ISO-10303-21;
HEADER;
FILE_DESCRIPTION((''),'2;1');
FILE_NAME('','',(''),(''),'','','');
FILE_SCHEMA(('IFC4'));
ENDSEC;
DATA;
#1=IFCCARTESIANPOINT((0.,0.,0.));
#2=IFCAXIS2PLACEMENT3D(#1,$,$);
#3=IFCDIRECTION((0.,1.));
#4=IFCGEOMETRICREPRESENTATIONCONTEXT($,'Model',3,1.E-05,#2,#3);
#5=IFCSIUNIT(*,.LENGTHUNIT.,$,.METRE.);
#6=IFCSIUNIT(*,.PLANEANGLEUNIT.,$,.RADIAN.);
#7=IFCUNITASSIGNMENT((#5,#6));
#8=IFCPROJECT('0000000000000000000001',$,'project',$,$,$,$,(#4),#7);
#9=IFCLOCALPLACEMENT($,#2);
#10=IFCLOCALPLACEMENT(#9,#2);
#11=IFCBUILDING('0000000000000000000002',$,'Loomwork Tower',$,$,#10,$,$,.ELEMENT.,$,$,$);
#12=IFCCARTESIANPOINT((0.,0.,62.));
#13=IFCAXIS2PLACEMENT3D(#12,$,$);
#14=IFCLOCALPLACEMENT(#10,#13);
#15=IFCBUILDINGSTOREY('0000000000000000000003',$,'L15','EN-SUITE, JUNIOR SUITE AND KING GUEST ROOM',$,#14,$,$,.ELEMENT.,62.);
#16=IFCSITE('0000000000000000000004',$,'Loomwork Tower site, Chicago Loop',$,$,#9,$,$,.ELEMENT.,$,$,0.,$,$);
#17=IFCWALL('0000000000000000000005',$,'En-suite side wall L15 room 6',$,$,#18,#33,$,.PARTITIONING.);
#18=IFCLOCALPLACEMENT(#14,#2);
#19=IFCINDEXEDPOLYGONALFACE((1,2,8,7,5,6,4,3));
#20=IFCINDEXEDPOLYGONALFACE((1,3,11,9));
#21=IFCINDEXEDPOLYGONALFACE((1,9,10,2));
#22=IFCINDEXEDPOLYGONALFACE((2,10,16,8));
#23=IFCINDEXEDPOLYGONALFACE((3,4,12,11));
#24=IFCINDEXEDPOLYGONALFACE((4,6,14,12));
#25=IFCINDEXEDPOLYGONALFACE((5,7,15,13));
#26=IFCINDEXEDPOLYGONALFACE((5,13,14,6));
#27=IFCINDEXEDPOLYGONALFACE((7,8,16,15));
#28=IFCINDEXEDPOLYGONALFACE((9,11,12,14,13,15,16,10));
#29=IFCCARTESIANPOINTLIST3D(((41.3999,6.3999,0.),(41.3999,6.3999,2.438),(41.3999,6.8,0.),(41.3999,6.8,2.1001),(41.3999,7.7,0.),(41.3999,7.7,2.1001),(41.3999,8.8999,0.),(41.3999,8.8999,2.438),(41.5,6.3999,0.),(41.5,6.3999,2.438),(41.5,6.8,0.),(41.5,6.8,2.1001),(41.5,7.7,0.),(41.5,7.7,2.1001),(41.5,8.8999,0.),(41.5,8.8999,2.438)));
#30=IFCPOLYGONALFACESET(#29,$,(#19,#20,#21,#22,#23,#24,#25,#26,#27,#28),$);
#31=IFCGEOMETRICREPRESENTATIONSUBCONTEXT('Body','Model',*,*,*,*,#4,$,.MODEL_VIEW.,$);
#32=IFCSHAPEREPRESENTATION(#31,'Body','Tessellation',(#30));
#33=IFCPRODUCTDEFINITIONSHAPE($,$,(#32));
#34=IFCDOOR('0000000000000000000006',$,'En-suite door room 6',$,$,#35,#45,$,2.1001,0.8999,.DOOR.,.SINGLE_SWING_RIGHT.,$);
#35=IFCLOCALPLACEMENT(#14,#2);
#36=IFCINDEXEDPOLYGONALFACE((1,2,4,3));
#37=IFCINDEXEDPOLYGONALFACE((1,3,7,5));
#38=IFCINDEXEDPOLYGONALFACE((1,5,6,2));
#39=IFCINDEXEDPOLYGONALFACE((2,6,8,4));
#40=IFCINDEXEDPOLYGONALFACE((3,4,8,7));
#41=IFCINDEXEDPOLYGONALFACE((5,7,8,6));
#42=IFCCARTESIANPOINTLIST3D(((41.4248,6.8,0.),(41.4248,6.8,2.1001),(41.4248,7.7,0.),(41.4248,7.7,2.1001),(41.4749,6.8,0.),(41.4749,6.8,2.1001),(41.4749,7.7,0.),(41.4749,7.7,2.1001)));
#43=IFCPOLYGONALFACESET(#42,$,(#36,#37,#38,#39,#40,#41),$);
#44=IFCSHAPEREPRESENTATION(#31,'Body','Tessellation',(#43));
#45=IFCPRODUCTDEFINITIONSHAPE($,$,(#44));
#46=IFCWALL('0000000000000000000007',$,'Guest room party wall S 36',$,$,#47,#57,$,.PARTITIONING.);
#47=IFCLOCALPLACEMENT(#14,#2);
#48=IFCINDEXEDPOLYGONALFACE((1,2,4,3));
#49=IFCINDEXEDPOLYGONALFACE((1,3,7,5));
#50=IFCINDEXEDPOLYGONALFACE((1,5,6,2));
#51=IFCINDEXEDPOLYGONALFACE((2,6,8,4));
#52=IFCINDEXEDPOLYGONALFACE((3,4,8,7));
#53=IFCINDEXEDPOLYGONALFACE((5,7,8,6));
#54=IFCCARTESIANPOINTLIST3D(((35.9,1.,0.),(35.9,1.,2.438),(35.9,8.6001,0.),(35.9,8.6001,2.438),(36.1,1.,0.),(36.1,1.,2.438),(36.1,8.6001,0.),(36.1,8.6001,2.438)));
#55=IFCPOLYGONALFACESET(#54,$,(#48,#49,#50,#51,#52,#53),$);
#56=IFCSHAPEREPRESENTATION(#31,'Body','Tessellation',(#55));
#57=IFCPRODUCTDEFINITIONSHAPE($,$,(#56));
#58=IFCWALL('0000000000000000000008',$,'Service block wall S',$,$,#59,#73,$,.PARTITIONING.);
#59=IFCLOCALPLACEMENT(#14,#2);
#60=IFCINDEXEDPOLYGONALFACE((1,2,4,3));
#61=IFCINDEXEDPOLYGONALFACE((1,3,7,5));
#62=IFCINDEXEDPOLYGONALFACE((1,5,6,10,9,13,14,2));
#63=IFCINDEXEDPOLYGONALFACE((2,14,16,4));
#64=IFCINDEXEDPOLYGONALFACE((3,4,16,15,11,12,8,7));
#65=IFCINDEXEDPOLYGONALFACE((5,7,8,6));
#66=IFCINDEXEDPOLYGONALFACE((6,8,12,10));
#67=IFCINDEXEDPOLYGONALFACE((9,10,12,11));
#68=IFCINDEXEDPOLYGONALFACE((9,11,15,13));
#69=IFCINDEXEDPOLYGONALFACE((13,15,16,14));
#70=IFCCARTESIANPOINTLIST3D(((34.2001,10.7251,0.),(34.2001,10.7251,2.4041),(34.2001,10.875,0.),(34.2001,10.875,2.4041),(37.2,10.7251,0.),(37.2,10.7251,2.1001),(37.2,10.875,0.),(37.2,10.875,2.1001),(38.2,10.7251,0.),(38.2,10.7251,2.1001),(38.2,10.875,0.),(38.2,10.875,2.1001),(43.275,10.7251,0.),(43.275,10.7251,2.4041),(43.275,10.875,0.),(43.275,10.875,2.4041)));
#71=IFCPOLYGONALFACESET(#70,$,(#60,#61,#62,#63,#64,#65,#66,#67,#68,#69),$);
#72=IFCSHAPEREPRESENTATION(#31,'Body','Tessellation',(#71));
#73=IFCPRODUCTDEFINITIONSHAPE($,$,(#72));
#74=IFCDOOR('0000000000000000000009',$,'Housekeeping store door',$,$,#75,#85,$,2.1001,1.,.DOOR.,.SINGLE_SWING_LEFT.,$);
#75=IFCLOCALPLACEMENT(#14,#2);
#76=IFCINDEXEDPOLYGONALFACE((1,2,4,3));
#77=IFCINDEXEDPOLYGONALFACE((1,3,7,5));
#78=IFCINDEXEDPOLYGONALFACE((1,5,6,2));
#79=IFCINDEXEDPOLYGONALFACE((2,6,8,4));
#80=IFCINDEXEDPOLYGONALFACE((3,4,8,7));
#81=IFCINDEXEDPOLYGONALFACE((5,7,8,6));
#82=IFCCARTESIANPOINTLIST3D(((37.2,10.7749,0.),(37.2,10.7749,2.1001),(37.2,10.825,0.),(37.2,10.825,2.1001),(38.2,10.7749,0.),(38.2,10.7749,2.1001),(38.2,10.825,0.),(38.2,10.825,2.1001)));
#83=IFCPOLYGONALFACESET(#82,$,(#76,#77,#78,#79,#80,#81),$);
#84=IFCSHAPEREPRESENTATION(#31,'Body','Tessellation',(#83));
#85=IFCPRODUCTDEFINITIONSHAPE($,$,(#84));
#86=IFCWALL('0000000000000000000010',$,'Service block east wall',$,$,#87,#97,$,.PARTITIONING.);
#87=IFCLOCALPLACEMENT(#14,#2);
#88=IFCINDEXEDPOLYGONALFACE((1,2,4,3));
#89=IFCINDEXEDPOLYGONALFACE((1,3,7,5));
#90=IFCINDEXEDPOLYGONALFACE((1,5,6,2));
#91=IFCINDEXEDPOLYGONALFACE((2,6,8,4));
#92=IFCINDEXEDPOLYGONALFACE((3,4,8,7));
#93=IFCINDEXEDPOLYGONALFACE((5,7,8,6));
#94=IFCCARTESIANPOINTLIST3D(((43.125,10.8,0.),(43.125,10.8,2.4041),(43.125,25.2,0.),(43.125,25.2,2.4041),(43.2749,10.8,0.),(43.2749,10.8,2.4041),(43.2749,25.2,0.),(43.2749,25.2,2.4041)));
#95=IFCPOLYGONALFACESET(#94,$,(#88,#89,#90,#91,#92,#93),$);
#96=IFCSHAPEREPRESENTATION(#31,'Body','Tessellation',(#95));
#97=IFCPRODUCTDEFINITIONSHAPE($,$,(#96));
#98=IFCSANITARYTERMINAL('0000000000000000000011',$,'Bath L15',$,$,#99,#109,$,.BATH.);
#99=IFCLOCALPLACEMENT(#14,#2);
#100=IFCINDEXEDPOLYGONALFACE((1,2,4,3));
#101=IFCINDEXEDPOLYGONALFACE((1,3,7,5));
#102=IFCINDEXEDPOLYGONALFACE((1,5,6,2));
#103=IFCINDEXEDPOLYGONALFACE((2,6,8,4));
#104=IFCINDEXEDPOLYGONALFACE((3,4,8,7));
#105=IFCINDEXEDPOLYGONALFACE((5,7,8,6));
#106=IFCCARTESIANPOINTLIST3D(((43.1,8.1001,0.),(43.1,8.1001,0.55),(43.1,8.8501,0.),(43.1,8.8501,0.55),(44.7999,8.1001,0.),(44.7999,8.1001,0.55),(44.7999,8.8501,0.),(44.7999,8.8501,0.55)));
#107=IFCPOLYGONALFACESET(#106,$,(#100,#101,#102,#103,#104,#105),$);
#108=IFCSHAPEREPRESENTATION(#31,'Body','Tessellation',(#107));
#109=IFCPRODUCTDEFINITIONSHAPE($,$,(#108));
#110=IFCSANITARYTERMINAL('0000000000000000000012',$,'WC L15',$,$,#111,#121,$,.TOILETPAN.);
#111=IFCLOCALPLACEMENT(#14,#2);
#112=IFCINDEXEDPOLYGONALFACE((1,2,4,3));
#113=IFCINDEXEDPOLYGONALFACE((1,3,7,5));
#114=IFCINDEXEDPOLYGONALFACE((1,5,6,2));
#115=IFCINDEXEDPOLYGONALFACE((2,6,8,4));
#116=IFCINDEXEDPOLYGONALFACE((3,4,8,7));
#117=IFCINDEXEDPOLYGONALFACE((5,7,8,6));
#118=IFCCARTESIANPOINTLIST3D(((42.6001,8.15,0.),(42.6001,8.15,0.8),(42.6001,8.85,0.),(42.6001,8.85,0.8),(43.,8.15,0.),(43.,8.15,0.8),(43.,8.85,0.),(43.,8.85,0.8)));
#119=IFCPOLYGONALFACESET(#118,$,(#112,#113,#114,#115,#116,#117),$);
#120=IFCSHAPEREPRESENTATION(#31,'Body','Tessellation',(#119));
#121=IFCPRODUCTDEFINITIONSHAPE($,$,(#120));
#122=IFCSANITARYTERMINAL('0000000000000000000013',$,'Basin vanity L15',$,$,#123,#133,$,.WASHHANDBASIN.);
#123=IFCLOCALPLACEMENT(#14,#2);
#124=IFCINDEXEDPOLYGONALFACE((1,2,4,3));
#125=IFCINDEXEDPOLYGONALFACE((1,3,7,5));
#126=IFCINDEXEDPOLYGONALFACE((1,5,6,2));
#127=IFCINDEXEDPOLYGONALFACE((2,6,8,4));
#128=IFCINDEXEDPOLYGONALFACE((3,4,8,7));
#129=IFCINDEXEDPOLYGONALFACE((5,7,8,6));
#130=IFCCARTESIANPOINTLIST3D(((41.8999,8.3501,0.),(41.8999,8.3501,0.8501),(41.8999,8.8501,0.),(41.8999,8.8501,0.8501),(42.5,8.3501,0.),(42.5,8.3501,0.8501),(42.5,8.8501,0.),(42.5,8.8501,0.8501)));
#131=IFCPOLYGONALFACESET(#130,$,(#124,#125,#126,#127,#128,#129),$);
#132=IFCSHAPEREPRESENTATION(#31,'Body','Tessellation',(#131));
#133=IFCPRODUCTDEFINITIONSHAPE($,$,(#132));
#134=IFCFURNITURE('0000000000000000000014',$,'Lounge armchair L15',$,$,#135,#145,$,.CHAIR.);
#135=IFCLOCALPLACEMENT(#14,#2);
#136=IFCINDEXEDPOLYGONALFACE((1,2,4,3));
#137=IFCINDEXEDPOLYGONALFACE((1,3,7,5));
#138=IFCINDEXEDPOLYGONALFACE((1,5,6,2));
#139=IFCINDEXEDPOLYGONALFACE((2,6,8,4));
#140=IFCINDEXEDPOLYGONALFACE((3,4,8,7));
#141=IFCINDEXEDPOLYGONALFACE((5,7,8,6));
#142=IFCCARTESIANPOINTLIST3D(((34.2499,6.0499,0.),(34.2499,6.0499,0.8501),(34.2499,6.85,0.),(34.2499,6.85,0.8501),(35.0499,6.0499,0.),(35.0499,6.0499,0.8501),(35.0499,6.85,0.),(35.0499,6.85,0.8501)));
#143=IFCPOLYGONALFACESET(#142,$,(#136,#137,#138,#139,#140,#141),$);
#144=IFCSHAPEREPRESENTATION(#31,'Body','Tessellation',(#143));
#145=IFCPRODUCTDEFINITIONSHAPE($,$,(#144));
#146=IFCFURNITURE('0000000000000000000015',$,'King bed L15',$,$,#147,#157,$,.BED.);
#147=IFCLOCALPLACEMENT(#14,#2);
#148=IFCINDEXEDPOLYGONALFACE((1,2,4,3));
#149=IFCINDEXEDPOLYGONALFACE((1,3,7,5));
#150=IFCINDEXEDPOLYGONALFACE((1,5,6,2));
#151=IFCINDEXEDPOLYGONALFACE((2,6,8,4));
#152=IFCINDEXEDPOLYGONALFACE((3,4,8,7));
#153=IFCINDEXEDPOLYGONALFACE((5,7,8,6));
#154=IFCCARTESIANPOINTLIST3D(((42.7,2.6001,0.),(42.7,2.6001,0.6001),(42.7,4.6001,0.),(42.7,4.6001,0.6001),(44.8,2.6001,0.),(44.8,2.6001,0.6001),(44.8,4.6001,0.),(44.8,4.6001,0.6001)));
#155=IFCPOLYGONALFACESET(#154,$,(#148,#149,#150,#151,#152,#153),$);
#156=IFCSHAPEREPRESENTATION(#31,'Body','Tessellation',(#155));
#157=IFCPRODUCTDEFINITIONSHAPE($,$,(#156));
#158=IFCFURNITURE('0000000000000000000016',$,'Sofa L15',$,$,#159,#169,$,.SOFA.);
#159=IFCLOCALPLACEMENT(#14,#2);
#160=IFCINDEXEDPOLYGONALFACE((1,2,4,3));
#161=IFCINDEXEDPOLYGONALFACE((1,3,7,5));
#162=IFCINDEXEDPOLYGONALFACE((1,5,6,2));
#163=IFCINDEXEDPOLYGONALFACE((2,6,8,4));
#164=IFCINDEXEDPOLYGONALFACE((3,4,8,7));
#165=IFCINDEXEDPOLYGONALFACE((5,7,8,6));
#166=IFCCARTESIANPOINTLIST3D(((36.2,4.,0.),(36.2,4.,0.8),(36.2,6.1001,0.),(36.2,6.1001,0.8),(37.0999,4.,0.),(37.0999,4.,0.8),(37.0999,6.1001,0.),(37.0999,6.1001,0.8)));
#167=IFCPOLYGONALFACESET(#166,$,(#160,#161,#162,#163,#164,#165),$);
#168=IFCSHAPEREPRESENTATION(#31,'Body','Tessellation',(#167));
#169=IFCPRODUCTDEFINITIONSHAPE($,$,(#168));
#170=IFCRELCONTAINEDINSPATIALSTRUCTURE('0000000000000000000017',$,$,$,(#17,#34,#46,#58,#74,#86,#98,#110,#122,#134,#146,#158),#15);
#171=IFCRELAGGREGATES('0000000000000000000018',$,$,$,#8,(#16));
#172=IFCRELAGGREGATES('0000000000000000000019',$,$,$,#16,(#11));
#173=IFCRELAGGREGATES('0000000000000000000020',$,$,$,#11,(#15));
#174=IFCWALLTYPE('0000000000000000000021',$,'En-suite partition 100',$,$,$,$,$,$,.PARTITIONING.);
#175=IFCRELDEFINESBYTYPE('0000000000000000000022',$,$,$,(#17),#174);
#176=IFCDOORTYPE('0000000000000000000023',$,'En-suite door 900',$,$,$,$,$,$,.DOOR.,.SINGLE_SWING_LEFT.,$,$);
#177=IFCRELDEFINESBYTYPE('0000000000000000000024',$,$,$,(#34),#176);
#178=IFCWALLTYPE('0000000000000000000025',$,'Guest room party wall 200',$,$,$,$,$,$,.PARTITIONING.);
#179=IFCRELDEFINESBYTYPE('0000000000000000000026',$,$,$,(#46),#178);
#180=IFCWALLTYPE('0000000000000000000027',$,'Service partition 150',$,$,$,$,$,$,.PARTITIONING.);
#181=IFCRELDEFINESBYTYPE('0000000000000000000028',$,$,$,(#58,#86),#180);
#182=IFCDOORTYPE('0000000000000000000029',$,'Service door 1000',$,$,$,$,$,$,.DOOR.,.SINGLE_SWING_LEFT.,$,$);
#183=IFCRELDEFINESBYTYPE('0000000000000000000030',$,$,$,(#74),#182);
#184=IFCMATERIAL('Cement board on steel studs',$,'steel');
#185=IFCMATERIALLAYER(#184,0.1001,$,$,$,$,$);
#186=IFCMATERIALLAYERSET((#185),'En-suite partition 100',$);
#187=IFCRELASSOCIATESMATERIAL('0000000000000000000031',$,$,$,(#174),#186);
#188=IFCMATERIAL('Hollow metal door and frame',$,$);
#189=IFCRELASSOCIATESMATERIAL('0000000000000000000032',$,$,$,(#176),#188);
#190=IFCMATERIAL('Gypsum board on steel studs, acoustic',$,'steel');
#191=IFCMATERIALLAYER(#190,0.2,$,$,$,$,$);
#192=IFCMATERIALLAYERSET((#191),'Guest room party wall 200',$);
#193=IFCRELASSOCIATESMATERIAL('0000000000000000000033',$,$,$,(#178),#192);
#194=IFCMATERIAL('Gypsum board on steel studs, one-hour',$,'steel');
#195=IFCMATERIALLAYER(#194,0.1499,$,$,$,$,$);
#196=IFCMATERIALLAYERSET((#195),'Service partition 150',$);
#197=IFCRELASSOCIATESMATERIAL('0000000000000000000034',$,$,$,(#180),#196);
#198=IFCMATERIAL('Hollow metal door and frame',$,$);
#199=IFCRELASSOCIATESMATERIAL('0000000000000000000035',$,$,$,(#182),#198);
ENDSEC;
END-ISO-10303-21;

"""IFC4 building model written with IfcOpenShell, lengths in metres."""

from ifc_helpers import new_model, si_unit, direction, frame, frame_2d, origin, origin_2d, place, context, subcontext, project, spatial, rectangle, extrude, material, layer, layer_set, type_object, element, fill, save


model = new_model("IFC4")

# Units and contexts
model_context = context("Model", 3, precision=1e-05, world=origin(), true_north=direction((0.0, 1.0)))
body_context = subcontext(model_context, "Body", "Model", "MODEL_VIEW")
ifc_project = project(units=[si_unit("LENGTHUNIT", "METRE"), si_unit("PLANEANGLEUNIT", "RADIAN")], contexts=[model_context])

# Site, building, storey
site_placement = place(None, origin())
site = spatial("IfcSite", under=ifc_project, at=site_placement, Name="Loomwork Tower site, Chicago Loop", CompositionType="ELEMENT", RefElevation=0.0)
building_placement = place(site_placement, origin())
building = spatial("IfcBuilding", under=site, at=building_placement, Name="Loomwork Tower", CompositionType="ELEMENT")
storey_placement = place(building_placement, frame((0.0, 0.0, 62.0)))
storey = spatial("IfcBuildingStorey", under=building, at=storey_placement, Name="L15", Description="EN-SUITE, JUNIOR SUITE AND KING GUEST ROOM", CompositionType="ELEMENT", Elevation=62.0)

# Shared definitions
ifc_material_1 = material(Name="Cement board on steel studs", Category="steel")
ifc_layer_1 = layer(ifc_material_1, 0.1001)
ifc_layer_set_1 = layer_set([ifc_layer_1], Name="En-suite partition 100")
wall_type_1 = type_object("IfcWallType", Name="En-suite partition 100", PredefinedType="PARTITIONING", material=ifc_layer_set_1)

# Wall, opening, door
wall_1_placement = place(storey_placement, frame((41.45, 8.8999, 0.0), z_axis=(0.0, 0.0, 1.0), x_axis=(0.0, -1.0, 0.0)))
wall_1 = element("IfcWall", 1, at=wall_1_placement, inside=storey, type_object=wall_type_1, Name="En-suite side wall L15 room 6", PredefinedType="PARTITIONING", context=body_context, shape_type="SweptSolid", body=[
    extrude(rectangle(XDim=2.5, YDim=0.1001, at=frame_2d((1.25, 0.0))), origin(), (0.0, 0.0, 1.0), 2.438),
])
opening_1_placement = place(wall_1_placement, frame((1.2, 0.0, 0.0)))
opening_1 = element("IfcOpeningElement", 2, at=opening_1_placement, cuts=wall_1, PredefinedType="OPENING", context=body_context, shape_type="SweptSolid", body=[
    extrude(rectangle(XDim=0.8999, YDim=2.1001, at=frame_2d((0.45, 1.05))), frame((0.0, 0.0601, 0.0), z_axis=(0.0, -1.0, 0.0), x_axis=(1.0, 0.0, 0.0)), (0.0, 0.0, 1.0), 0.1201),
])
ifc_material_2 = material(Name="Hollow metal door and frame")
door_type_1 = type_object("IfcDoorType", Name="En-suite door 900", OperationType="SINGLE_SWING_LEFT", PredefinedType="DOOR", material=ifc_material_2)
door_1_placement = place(opening_1_placement, origin())
door_1 = element("IfcDoor", 3, at=door_1_placement, inside=storey, type_object=door_type_1, Name="En-suite door room 6", OperationType="SINGLE_SWING_RIGHT", OverallHeight=2.1001, OverallWidth=0.8999, PredefinedType="DOOR", context=body_context, shape_type="SweptSolid", body=[
    extrude(rectangle(XDim=0.8999, YDim=2.1001, at=frame_2d((0.45, 1.05))), frame((0.0, 0.0249, 0.0), z_axis=(0.0, -1.0, 0.0), x_axis=(1.0, 0.0, 0.0)), (0.0, 0.0, 1.0), 0.05),
])
fill(opening_1, door_1)

# Wall
ifc_material_3 = material(Name="Gypsum board on steel studs, acoustic", Category="steel")
ifc_layer_2 = layer(ifc_material_3, 0.2)
ifc_layer_set_2 = layer_set([ifc_layer_2], Name="Guest room party wall 200")
wall_type_2 = type_object("IfcWallType", Name="Guest room party wall 200", PredefinedType="PARTITIONING", material=ifc_layer_set_2)
wall_2_placement = place(storey_placement, frame((36.0, 8.6001, 0.0), z_axis=(0.0, 0.0, 1.0), x_axis=(0.0, -1.0, 0.0)))
element("IfcWall", 4, at=wall_2_placement, inside=storey, type_object=wall_type_2, Name="Guest room party wall S 36", PredefinedType="PARTITIONING", context=body_context, shape_type="SweptSolid", body=[
    extrude(rectangle(XDim=7.6001, YDim=0.2, at=frame_2d((3.8, 0.0))), origin(), (0.0, 0.0, 1.0), 2.438),
])

# Wall, opening, door
ifc_material_4 = material(Name="Gypsum board on steel studs, one-hour", Category="steel")
ifc_layer_3 = layer(ifc_material_4, 0.1499)
ifc_layer_set_3 = layer_set([ifc_layer_3], Name="Service partition 150")
wall_type_3 = type_object("IfcWallType", Name="Service partition 150", PredefinedType="PARTITIONING", material=ifc_layer_set_3)
wall_3_placement = place(storey_placement, frame((34.2, 10.8, 0.0), z_axis=(0.0, 0.0, 1.0), x_axis=(1.0, 0.0, 0.0)))
wall_3 = element("IfcWall", 5, at=wall_3_placement, inside=storey, type_object=wall_type_3, Name="Service block wall S", PredefinedType="PARTITIONING", context=body_context, shape_type="SweptSolid", body=[
    extrude(rectangle(XDim=9.075, YDim=0.1499, at=frame_2d((4.5376, 0.0))), origin(), (0.0, 0.0, 1.0), 2.4041),
])
opening_2_placement = place(wall_3_placement, frame((3.0, 0.0, 0.0)))
opening_2 = element("IfcOpeningElement", 6, at=opening_2_placement, cuts=wall_3, PredefinedType="OPENING", context=body_context, shape_type="SweptSolid", body=[
    extrude(rectangle(XDim=1.0, YDim=2.1001, at=frame_2d((0.5, 1.05))), frame((0.0, 0.085, 0.0), z_axis=(0.0, -1.0, 0.0), x_axis=(1.0, 0.0, 0.0)), (0.0, 0.0, 1.0), 0.1699),
])
ifc_material_5 = material(Name="Hollow metal door and frame")
door_type_2 = type_object("IfcDoorType", Name="Service door 1000", OperationType="SINGLE_SWING_LEFT", PredefinedType="DOOR", material=ifc_material_5)
door_2_placement = place(opening_2_placement, origin())
door_2 = element("IfcDoor", 7, at=door_2_placement, inside=storey, type_object=door_type_2, Name="Housekeeping store door", OperationType="SINGLE_SWING_LEFT", OverallHeight=2.1001, OverallWidth=1.0, PredefinedType="DOOR", context=body_context, shape_type="SweptSolid", body=[
    extrude(rectangle(XDim=1.0, YDim=2.1001, at=frame_2d((0.5, 1.05))), frame((0.0, 0.0249, 0.0), z_axis=(0.0, -1.0, 0.0), x_axis=(1.0, 0.0, 0.0)), (0.0, 0.0, 1.0), 0.05),
])
fill(opening_2, door_2)

# Wall
wall_4_placement = place(storey_placement, frame((43.2, 10.8, 0.0), z_axis=(0.0, 0.0, 1.0), x_axis=(0.0, 1.0, 0.0)))
element("IfcWall", 8, at=wall_4_placement, inside=storey, type_object=wall_type_3, Name="Service block east wall", PredefinedType="PARTITIONING", context=body_context, shape_type="SweptSolid", body=[
    extrude(rectangle(XDim=14.3999, YDim=0.1499, at=frame_2d((7.2, 0.0))), origin(), (0.0, 0.0, 1.0), 2.4041),
])

# Sanitary terminals
sanitary_terminal_1_placement = place(storey_placement, frame((43.95, 8.4751, 0.0), z_axis=(0.0, 0.0, 1.0), x_axis=(1.0, 0.0, 0.0)))
element("IfcSanitaryTerminal", 9, at=sanitary_terminal_1_placement, inside=storey, Name="Bath L15", PredefinedType="BATH", context=body_context, shape_type="SweptSolid", body=[
    extrude(rectangle(XDim=1.7, YDim=0.75, at=origin_2d()), origin(), (0.0, 0.0, 1.0), 0.55),
])
sanitary_terminal_2_placement = place(storey_placement, frame((42.8, 8.5, 0.0), z_axis=(0.0, 0.0, 1.0), x_axis=(1.0, 0.0, 0.0)))
element("IfcSanitaryTerminal", 10, at=sanitary_terminal_2_placement, inside=storey, Name="WC L15", PredefinedType="TOILETPAN", context=body_context, shape_type="SweptSolid", body=[
    extrude(rectangle(XDim=0.3999, YDim=0.7, at=origin_2d()), origin(), (0.0, 0.0, 1.0), 0.8),
])
sanitary_terminal_3_placement = place(storey_placement, frame((42.2, 8.6001, 0.0), z_axis=(0.0, 0.0, 1.0), x_axis=(1.0, 0.0, 0.0)))
element("IfcSanitaryTerminal", 11, at=sanitary_terminal_3_placement, inside=storey, Name="Basin vanity L15", PredefinedType="WASHHANDBASIN", context=body_context, shape_type="SweptSolid", body=[
    extrude(rectangle(XDim=0.6001, YDim=0.5, at=origin_2d()), origin(), (0.0, 0.0, 1.0), 0.8501),
])

# Furniture
furniture_1_placement = place(storey_placement, frame((34.6499, 6.45, 0.0), z_axis=(0.0, 0.0, 1.0), x_axis=(1.0, 0.0, 0.0)))
element("IfcFurniture", 12, at=furniture_1_placement, inside=storey, Name="Lounge armchair L15", PredefinedType="CHAIR", context=body_context, shape_type="SweptSolid", body=[
    extrude(rectangle(XDim=0.8, YDim=0.8, at=origin_2d()), origin(), (0.0, 0.0, 1.0), 0.8501),
])
furniture_2_placement = place(storey_placement, frame((43.75, 3.6001, 0.0), z_axis=(0.0, 0.0, 1.0), x_axis=(1.0, 0.0, 0.0)))
element("IfcFurniture", 13, at=furniture_2_placement, inside=storey, Name="King bed L15", PredefinedType="BED", context=body_context, shape_type="SweptSolid", body=[
    extrude(rectangle(XDim=2.1001, YDim=2.0, at=origin_2d()), origin(), (0.0, 0.0, 1.0), 0.6001),
])
furniture_3_placement = place(storey_placement, frame((36.6499, 5.05, 0.0), z_axis=(0.0, 0.0, 1.0), x_axis=(1.0, 0.0, 0.0)))
element("IfcFurniture", 14, at=furniture_3_placement, inside=storey, Name="Sofa L15", PredefinedType="SOFA", context=body_context, shape_type="SweptSolid", body=[
    extrude(rectangle(XDim=0.8999, YDim=2.1001, at=origin_2d()), origin(), (0.0, 0.0, 1.0), 0.8),
])

save(model, "model.ifc")
